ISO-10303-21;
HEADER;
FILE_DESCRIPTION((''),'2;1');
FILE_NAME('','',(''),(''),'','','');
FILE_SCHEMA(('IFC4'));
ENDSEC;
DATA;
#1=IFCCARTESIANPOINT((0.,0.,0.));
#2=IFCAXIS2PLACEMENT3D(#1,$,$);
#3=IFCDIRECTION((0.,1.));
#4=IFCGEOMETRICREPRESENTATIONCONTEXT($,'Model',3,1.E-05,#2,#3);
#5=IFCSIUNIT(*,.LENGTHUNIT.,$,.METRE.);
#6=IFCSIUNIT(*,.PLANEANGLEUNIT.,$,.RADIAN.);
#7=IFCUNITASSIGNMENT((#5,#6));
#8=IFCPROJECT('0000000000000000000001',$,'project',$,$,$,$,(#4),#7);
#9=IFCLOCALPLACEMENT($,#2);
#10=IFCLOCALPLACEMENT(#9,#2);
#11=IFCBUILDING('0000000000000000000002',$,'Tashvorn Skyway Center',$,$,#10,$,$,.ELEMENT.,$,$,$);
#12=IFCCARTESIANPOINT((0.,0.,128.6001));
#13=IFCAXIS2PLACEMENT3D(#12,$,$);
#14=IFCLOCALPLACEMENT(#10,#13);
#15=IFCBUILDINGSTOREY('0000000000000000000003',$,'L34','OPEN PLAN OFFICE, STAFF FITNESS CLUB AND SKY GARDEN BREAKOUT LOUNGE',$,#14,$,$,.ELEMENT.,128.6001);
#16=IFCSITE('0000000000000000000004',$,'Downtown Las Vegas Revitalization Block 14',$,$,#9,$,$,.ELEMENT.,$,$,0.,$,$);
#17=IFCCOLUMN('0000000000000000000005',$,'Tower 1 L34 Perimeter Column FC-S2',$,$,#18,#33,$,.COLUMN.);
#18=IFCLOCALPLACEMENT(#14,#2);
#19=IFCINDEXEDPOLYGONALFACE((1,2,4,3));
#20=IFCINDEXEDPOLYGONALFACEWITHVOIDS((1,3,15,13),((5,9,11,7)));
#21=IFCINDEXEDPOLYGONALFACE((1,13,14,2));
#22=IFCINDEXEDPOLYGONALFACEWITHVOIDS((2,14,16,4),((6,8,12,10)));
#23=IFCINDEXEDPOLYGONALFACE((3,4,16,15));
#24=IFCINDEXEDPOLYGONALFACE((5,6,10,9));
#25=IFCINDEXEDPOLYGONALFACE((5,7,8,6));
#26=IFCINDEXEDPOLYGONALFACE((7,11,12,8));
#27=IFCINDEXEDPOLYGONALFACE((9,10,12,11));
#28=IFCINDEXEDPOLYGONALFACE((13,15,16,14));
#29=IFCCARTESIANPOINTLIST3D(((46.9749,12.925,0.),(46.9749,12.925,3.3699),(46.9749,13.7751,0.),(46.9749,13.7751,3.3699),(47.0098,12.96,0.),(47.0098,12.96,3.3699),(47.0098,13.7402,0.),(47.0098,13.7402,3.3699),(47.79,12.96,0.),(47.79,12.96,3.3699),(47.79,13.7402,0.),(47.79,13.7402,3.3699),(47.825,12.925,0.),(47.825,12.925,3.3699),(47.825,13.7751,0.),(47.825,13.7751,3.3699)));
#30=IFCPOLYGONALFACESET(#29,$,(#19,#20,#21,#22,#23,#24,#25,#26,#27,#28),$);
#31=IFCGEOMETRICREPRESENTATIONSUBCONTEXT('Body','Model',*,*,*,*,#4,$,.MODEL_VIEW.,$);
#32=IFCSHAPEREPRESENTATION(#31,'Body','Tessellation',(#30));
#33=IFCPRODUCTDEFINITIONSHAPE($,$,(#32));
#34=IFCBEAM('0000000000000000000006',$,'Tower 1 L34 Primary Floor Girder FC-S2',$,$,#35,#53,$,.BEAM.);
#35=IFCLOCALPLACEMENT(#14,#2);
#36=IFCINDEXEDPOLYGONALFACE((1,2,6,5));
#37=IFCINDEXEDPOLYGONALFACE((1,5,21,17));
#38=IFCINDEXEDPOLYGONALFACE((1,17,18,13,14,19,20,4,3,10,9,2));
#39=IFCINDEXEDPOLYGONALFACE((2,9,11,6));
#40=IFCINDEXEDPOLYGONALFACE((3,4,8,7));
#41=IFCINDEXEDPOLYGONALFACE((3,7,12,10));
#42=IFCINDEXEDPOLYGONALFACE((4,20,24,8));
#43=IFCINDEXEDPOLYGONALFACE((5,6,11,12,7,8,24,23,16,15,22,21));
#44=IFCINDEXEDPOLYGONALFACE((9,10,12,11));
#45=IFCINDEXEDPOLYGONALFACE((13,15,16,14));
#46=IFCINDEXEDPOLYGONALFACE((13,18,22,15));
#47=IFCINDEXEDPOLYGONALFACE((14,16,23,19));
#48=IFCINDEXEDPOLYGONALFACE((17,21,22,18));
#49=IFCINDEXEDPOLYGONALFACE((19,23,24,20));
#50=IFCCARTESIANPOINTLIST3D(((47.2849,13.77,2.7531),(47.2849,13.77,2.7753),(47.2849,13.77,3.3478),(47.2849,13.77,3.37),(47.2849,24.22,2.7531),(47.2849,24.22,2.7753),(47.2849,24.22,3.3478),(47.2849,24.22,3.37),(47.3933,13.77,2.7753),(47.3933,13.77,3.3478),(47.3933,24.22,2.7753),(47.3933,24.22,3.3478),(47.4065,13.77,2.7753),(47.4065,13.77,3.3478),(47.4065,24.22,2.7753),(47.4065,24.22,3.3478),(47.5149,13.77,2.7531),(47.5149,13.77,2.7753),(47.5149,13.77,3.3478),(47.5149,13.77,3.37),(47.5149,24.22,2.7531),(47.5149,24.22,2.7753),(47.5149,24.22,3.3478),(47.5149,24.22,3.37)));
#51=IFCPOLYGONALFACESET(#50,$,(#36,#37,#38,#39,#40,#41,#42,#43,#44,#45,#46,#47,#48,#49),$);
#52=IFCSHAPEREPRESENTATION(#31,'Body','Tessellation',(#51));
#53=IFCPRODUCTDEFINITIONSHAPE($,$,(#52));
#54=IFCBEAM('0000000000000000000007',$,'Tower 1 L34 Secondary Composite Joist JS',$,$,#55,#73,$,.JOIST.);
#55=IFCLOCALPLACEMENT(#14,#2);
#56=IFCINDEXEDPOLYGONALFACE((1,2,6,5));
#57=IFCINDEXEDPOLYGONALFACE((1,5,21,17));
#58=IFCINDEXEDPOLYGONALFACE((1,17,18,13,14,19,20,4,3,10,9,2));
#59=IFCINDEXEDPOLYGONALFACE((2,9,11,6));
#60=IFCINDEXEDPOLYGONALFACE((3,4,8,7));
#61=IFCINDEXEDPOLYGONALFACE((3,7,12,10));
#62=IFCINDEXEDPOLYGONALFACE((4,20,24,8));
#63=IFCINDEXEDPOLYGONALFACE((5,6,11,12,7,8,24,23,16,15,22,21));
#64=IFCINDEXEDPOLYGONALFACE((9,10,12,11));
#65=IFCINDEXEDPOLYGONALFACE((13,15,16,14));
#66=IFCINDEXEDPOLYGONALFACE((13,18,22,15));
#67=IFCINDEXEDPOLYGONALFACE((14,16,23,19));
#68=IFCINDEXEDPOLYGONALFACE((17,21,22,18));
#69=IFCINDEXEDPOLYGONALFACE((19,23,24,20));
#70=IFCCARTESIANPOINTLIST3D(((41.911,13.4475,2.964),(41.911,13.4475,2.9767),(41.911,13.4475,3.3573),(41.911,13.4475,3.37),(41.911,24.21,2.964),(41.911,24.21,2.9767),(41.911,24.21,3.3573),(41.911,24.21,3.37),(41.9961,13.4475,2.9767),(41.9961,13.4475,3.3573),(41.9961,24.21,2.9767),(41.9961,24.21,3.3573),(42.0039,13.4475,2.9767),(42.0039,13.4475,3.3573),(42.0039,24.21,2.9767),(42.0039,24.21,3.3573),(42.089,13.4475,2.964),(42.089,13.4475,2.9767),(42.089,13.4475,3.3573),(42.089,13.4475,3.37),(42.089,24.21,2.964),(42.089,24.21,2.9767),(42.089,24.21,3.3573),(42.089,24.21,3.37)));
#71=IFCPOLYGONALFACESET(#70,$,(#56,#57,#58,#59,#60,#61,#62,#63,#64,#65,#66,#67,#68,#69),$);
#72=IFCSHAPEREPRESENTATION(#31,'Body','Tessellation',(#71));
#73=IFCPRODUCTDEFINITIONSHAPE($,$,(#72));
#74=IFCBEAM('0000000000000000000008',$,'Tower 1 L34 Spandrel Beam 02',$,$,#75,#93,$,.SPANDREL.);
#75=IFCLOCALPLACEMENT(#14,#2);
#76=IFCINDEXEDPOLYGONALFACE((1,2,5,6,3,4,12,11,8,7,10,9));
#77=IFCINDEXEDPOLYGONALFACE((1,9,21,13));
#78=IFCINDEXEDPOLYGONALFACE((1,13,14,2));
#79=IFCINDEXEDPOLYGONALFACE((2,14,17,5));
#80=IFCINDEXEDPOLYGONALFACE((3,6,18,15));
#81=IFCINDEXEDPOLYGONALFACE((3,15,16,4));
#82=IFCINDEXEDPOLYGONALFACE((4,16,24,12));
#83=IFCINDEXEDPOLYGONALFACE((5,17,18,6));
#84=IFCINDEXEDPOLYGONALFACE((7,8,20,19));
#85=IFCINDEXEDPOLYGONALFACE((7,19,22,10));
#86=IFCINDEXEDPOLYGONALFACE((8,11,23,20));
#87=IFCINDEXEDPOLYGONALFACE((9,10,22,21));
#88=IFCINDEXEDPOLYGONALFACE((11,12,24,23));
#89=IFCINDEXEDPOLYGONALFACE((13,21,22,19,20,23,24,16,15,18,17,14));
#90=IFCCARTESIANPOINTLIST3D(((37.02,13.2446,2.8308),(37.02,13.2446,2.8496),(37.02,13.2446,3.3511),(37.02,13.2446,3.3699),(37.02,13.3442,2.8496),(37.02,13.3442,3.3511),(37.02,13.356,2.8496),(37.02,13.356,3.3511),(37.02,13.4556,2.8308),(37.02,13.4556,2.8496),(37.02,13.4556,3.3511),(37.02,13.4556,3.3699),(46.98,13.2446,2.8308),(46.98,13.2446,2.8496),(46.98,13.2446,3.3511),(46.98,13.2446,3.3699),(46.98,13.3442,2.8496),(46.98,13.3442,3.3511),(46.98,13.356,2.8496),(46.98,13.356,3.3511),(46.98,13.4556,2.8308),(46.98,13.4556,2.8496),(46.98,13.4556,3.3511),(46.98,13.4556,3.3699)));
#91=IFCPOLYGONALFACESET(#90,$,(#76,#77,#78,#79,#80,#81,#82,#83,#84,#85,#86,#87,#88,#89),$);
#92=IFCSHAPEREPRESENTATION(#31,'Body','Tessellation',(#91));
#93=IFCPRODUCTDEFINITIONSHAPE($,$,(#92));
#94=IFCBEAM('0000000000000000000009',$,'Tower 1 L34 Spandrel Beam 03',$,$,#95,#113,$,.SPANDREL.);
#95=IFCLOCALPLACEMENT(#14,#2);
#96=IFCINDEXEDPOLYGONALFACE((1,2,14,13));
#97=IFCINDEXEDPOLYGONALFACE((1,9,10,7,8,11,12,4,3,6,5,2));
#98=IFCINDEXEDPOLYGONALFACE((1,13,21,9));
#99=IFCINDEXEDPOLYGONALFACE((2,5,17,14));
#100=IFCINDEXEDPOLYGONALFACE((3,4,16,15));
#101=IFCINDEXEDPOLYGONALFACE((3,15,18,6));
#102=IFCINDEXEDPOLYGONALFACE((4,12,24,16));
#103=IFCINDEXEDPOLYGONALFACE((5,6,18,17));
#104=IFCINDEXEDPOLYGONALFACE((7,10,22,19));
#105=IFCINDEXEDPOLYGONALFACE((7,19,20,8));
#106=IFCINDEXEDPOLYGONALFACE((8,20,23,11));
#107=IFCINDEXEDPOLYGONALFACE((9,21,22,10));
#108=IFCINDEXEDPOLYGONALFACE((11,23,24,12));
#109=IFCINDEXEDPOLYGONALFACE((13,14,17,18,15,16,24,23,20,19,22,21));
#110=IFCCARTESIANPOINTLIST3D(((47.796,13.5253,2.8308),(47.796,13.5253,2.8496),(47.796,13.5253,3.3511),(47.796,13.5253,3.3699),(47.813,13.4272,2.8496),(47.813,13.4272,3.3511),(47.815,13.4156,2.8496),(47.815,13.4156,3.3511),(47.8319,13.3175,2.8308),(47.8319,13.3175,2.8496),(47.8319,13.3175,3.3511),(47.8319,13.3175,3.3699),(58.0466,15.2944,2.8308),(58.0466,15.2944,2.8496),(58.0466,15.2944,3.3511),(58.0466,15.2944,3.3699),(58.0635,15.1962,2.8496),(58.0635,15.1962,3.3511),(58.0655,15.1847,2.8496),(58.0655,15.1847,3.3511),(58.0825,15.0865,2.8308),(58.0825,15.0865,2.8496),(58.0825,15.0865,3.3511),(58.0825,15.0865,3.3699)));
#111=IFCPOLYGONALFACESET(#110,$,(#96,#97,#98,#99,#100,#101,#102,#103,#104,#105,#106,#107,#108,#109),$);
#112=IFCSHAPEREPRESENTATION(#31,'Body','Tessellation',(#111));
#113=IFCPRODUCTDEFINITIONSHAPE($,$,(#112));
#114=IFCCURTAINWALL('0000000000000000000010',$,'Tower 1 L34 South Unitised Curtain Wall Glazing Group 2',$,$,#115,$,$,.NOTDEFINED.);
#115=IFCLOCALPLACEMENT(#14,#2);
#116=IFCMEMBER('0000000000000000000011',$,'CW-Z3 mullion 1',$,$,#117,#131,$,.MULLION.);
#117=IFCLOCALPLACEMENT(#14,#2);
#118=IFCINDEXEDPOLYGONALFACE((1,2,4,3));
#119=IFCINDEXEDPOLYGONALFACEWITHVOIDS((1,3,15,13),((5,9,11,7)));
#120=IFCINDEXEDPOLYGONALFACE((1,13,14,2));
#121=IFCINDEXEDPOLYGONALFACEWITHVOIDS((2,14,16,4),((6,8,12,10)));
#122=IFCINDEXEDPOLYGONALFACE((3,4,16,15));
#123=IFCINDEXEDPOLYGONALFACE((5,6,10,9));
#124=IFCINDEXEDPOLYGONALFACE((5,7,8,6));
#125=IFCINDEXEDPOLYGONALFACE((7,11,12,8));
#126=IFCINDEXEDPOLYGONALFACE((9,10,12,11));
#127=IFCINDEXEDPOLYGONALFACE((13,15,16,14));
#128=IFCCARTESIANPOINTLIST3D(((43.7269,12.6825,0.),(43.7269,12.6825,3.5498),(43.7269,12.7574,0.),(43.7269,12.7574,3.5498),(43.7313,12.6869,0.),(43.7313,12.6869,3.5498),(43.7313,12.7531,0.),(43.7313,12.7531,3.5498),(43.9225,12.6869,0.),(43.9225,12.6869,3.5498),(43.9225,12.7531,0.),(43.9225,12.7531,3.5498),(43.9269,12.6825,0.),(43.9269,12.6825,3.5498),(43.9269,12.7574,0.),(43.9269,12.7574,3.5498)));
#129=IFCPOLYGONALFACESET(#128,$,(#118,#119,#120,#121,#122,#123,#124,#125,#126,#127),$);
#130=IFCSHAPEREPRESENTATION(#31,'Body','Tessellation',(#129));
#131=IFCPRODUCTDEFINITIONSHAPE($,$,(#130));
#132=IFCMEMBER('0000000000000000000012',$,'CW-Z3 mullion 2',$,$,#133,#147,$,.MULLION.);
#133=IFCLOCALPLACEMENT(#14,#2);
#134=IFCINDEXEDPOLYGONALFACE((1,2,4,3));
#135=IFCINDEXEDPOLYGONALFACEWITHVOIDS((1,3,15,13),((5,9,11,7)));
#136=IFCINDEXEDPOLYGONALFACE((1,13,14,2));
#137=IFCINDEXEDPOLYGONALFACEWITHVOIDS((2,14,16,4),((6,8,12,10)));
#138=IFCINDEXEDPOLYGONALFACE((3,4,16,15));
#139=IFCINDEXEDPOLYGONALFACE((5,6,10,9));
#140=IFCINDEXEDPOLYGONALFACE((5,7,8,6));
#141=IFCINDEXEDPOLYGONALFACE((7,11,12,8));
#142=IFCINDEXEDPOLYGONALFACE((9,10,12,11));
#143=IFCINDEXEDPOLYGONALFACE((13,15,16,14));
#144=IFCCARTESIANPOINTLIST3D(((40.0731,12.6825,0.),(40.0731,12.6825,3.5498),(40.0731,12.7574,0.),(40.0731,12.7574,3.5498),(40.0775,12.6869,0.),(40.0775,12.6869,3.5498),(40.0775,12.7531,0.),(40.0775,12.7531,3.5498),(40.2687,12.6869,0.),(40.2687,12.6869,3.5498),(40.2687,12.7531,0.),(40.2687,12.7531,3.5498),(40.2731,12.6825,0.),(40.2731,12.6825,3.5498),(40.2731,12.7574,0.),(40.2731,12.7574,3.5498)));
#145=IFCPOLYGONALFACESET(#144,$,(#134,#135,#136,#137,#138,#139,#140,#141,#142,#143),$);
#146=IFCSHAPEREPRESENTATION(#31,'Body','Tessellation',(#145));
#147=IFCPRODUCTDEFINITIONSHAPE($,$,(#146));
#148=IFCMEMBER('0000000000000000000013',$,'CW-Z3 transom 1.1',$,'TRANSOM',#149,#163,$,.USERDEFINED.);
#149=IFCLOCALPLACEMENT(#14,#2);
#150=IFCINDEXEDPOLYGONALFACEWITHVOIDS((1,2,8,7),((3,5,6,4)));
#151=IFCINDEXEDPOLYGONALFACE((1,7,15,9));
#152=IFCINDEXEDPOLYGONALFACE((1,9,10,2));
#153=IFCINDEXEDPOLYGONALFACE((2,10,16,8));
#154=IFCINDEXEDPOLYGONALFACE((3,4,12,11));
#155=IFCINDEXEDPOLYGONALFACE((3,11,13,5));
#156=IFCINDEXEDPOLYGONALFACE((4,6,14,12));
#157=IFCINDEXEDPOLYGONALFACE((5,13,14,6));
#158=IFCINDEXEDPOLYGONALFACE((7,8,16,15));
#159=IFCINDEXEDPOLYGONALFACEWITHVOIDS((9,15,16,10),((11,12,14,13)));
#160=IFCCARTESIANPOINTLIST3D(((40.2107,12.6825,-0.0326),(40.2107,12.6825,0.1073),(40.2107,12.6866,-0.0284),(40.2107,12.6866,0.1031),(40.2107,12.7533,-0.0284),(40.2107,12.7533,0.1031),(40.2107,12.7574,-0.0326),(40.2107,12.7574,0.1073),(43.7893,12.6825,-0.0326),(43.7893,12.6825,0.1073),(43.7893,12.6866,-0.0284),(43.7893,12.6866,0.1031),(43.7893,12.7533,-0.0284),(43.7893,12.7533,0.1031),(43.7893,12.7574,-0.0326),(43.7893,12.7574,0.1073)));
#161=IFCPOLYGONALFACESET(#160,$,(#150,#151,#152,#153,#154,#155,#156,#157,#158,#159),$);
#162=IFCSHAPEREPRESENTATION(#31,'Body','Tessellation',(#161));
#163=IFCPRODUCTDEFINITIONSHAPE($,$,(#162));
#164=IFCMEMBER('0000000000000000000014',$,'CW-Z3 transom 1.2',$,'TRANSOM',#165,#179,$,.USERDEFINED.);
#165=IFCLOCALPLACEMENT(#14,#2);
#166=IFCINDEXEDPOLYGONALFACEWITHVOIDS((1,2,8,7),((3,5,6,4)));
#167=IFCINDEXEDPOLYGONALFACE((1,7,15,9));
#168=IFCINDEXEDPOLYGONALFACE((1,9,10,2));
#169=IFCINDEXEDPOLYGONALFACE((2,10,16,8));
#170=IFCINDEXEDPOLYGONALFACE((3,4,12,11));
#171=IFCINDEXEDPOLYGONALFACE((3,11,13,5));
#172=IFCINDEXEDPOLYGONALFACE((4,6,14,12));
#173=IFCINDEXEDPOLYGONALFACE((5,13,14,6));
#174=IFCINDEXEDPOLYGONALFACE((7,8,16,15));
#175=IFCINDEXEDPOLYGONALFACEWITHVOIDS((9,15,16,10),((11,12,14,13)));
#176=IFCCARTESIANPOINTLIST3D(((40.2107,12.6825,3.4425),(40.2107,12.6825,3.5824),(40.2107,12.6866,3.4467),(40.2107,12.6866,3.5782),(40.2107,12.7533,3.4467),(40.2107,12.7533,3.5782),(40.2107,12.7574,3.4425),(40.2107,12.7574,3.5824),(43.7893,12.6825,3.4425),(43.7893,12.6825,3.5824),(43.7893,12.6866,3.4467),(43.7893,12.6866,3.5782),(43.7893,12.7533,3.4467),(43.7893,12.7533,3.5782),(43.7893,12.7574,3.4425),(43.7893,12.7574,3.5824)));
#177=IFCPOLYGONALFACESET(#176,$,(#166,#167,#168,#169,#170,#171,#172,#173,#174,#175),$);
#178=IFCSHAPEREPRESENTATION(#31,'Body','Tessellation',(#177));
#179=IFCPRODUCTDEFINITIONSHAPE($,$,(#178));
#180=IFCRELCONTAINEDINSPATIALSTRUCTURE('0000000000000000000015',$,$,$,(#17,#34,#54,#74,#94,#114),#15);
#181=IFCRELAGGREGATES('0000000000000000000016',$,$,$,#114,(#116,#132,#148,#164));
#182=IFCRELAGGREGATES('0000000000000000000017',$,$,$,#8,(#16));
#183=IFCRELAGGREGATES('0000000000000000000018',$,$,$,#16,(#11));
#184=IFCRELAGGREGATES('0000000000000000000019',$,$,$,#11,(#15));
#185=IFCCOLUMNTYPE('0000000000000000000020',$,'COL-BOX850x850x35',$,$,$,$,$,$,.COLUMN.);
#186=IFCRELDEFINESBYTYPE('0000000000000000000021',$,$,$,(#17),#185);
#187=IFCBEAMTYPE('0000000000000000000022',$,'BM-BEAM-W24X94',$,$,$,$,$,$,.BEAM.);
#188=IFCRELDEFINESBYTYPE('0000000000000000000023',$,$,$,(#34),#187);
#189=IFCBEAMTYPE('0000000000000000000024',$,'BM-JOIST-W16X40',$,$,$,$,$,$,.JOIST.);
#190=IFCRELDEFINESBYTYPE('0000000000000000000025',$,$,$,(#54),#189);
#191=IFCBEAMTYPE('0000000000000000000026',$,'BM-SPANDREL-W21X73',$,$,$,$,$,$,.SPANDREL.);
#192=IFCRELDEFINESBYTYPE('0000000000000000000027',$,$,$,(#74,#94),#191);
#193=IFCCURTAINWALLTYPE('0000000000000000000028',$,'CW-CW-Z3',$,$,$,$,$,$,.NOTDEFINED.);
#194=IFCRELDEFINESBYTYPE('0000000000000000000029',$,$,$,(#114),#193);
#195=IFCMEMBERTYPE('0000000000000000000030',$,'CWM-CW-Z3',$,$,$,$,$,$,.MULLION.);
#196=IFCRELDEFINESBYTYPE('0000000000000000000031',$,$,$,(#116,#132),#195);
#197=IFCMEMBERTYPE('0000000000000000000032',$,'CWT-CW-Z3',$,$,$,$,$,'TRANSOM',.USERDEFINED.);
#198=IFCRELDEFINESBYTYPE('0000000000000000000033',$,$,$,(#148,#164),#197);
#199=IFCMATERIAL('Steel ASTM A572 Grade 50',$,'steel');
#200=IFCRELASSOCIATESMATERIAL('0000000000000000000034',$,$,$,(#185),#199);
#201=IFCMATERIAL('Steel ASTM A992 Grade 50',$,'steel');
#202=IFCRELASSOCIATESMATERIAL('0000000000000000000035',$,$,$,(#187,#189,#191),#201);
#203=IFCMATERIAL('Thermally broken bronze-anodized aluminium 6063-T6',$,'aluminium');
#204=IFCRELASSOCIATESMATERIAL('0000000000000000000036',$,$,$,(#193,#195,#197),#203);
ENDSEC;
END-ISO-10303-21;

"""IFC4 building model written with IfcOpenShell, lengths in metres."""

from ifc_helpers import new_model, si_unit, direction, frame, origin, origin_2d, place, context, subcontext, project, spatial, hollow_rectangle, i_section, extrude, material, material_profile, profile_set, type_object, element, aggregate, save


model = new_model("IFC4")

# Units and contexts
model_context = context("Model", 3, precision=1e-05, world=origin(), true_north=direction((0.0, 1.0)))
body_context = subcontext(model_context, "Body", "Model", "MODEL_VIEW")
ifc_project = project(units=[si_unit("LENGTHUNIT", "METRE"), si_unit("PLANEANGLEUNIT", "RADIAN")], contexts=[model_context])

# Site, building, storey
site_placement = place(None, origin())
site = spatial("IfcSite", under=ifc_project, at=site_placement, Name="Downtown Las Vegas Revitalization Block 14", CompositionType="ELEMENT", RefElevation=0.0)
building_placement = place(site_placement, origin())
building = spatial("IfcBuilding", under=site, at=building_placement, Name="Tashvorn Skyway Center", CompositionType="ELEMENT")
storey_placement = place(building_placement, frame((0.0, 0.0, 128.6001)))
storey = spatial("IfcBuildingStorey", under=building, at=storey_placement, Name="L34", Description="OPEN PLAN OFFICE, STAFF FITNESS CLUB AND SKY GARDEN BREAKOUT LOUNGE", CompositionType="ELEMENT", Elevation=128.6001)

# Column
ifc_material_1 = material(Name="Steel ASTM A572 Grade 50", Category="steel")
ifc_material_profile_1 = material_profile(ifc_material_1, hollow_rectangle(XDim=0.8501, YDim=0.8501, WallThickness=0.0349, at=origin_2d()), Name="BOX850x850x35")
ifc_profile_set_1 = profile_set([ifc_material_profile_1], Name="Steel ASTM A572 Grade 50")
column_type = type_object("IfcColumnType", Name="COL-BOX850x850x35", PredefinedType="COLUMN", material=ifc_profile_set_1)
column_placement = place(storey_placement, frame((47.3999, 13.3501, 0.0), z_axis=(0.0, 0.0, 1.0), x_axis=(1.0, 0.0, 0.0)))
element("IfcColumn", 1, at=column_placement, inside=storey, type_object=column_type, Name="Tower 1 L34 Perimeter Column FC-S2", PredefinedType="COLUMN", context=body_context, shape_type="SweptSolid", body=[
    extrude(hollow_rectangle(XDim=0.8501, YDim=0.8501, WallThickness=0.0349, at=origin_2d()), origin(), (0.0, 0.0, 1.0), 3.3699),
])

# Beams
ifc_material_2 = material(Name="Steel ASTM A992 Grade 50", Category="steel")
ifc_material_profile_2 = material_profile(ifc_material_2, i_section(OverallWidth=0.23, OverallDepth=0.6169, WebThickness=0.0132, FlangeThickness=0.0222, at=origin_2d()), Name="W24X94")
ifc_profile_set_2 = profile_set([ifc_material_profile_2], Name="Steel ASTM A992 Grade 50")
beam_type_1 = type_object("IfcBeamType", Name="BM-BEAM-W24X94", PredefinedType="BEAM", material=ifc_profile_set_2)
beam_1_placement = place(storey_placement, frame((47.3999, 13.77, 3.0615), z_axis=(0.0, 1.0, 0.0), x_axis=(-1.0, 0.0, 0.0)))
element("IfcBeam", 2, at=beam_1_placement, inside=storey, type_object=beam_type_1, Name="Tower 1 L34 Primary Floor Girder FC-S2", PredefinedType="BEAM", context=body_context, shape_type="SweptSolid", body=[
    extrude(i_section(OverallWidth=0.23, OverallDepth=0.6169, WebThickness=0.0132, FlangeThickness=0.0222, at=origin_2d()), origin(), (0.0, 0.0, 1.0), 10.45),
])
ifc_material_profile_3 = material_profile(ifc_material_2, i_section(OverallWidth=0.178, OverallDepth=0.406, WebThickness=0.0078, FlangeThickness=0.0127, at=origin_2d()), Name="W16X40")
ifc_profile_set_3 = profile_set([ifc_material_profile_3], Name="Steel ASTM A992 Grade 50")
beam_type_2 = type_object("IfcBeamType", Name="BM-JOIST-W16X40", PredefinedType="JOIST", material=ifc_profile_set_3)
beam_2_placement = place(storey_placement, frame((42.0, 24.21, 3.167), z_axis=(0.0, -1.0, 0.0), x_axis=(1.0, 0.0, 0.0)))
element("IfcBeam", 3, at=beam_2_placement, inside=storey, type_object=beam_type_2, Name="Tower 1 L34 Secondary Composite Joist JS", PredefinedType="JOIST", context=body_context, shape_type="SweptSolid", body=[
    extrude(i_section(OverallWidth=0.178, OverallDepth=0.406, WebThickness=0.0078, FlangeThickness=0.0127, at=origin_2d()), origin(), (0.0, 0.0, 1.0), 10.7625),
])
ifc_material_profile_4 = material_profile(ifc_material_2, i_section(OverallWidth=0.2109, OverallDepth=0.5391, WebThickness=0.0117, FlangeThickness=0.0188, at=origin_2d()), Name="W21X73")
ifc_profile_set_4 = profile_set([ifc_material_profile_4], Name="Steel ASTM A992 Grade 50")
beam_type_3 = type_object("IfcBeamType", Name="BM-SPANDREL-W21X73", PredefinedType="SPANDREL", material=ifc_profile_set_4)
beam_3_placement = place(storey_placement, frame((37.02, 13.3501, 3.1003), z_axis=(1.0, 0.0, 0.0), x_axis=(0.0, 1.0, 0.0)))
element("IfcBeam", 4, at=beam_3_placement, inside=storey, type_object=beam_type_3, Name="Tower 1 L34 Spandrel Beam 02", PredefinedType="SPANDREL", context=body_context, shape_type="SweptSolid", body=[
    extrude(i_section(OverallWidth=0.2109, OverallDepth=0.5391, WebThickness=0.0117, FlangeThickness=0.0188, at=origin_2d()), origin(), (0.0, 0.0, 1.0), 9.96),
])
beam_4_placement = place(storey_placement, frame((47.814, 13.4214, 3.1003), z_axis=(0.985432, 0.170067, 0.0), x_axis=(-0.170067, 0.985432, 0.0)))
element("IfcBeam", 5, at=beam_4_placement, inside=storey, type_object=beam_type_3, Name="Tower 1 L34 Spandrel Beam 03", PredefinedType="SPANDREL", context=body_context, shape_type="SweptSolid", body=[
    extrude(i_section(OverallWidth=0.2109, OverallDepth=0.5391, WebThickness=0.0117, FlangeThickness=0.0188, at=origin_2d()), origin(), (0.0, 0.0, 1.0), 10.4021),
])

# Curtain wall, members
ifc_material_3 = material(Name="Thermally broken bronze-anodized aluminium 6063-T6", Category="aluminium")
curtain_wall_type = type_object("IfcCurtainWallType", Name="CW-CW-Z3", PredefinedType="NOTDEFINED", material=ifc_material_3)
curtain_wall_placement = place(storey_placement, origin())
curtain_wall = element("IfcCurtainWall", 6, at=curtain_wall_placement, inside=storey, type_object=curtain_wall_type, Name="Tower 1 L34 South Unitised Curtain Wall Glazing Group 2", PredefinedType="NOTDEFINED")
ifc_material_profile_5 = material_profile(ifc_material_3, hollow_rectangle(XDim=0.075, YDim=0.2, WallThickness=0.0044, at=origin_2d()), Name="ALU-MULL-75x200")
ifc_profile_set_5 = profile_set([ifc_material_profile_5], Name="Thermally broken bronze-anodized aluminium 6063-T6")
member_type_1 = type_object("IfcMemberType", Name="CWM-CW-Z3", PredefinedType="MULLION", material=ifc_profile_set_5)
member_1_placement = place(storey_placement, frame((43.8269, 12.72, 0.0), z_axis=(0.0, 0.0, 1.0), x_axis=(0.0, -1.0, 0.0)))
member_1 = element("IfcMember", 7, at=member_1_placement, type_object=member_type_1, Name="CW-Z3 mullion 1", PredefinedType="MULLION", context=body_context, shape_type="SweptSolid", body=[
    extrude(hollow_rectangle(XDim=0.075, YDim=0.2, WallThickness=0.0044, at=origin_2d()), origin(), (0.0, 0.0, 1.0), 3.5498),
])
member_2_placement = place(storey_placement, frame((40.1731, 12.72, 0.0), z_axis=(0.0, 0.0, 1.0), x_axis=(0.0, -1.0, 0.0)))
member_2 = element("IfcMember", 8, at=member_2_placement, type_object=member_type_1, Name="CW-Z3 mullion 2", PredefinedType="MULLION", context=body_context, shape_type="SweptSolid", body=[
    extrude(hollow_rectangle(XDim=0.075, YDim=0.2, WallThickness=0.0044, at=origin_2d()), origin(), (0.0, 0.0, 1.0), 3.5498),
])
ifc_material_profile_6 = material_profile(ifc_material_3, hollow_rectangle(XDim=0.075, YDim=0.1399, WallThickness=0.0042, at=origin_2d()), Name="ALU-TRAN-75x140")
ifc_profile_set_6 = profile_set([ifc_material_profile_6], Name="Thermally broken bronze-anodized aluminium 6063-T6")
member_type_2 = type_object("IfcMemberType", Name="CWT-CW-Z3", ElementType="TRANSOM", PredefinedType="USERDEFINED", material=ifc_profile_set_6)
member_3_placement = place(storey_placement, frame((43.7893, 12.72, 0.0374), z_axis=(-1.0, 0.0, 0.0), x_axis=(0.0, -1.0, 0.0)))
member_3 = element("IfcMember", 9, at=member_3_placement, type_object=member_type_2, Name="CW-Z3 transom 1.1", ObjectType="TRANSOM", PredefinedType="USERDEFINED", context=body_context, shape_type="SweptSolid", body=[
    extrude(hollow_rectangle(XDim=0.075, YDim=0.1399, WallThickness=0.0042, at=origin_2d()), origin(), (0.0, 0.0, 1.0), 3.5786),
])
member_4_placement = place(storey_placement, frame((43.7893, 12.72, 3.5125), z_axis=(-1.0, 0.0, 0.0), x_axis=(0.0, -1.0, 0.0)))
member_4 = element("IfcMember", 10, at=member_4_placement, type_object=member_type_2, Name="CW-Z3 transom 1.2", ObjectType="TRANSOM", PredefinedType="USERDEFINED", context=body_context, shape_type="SweptSolid", body=[
    extrude(hollow_rectangle(XDim=0.075, YDim=0.1399, WallThickness=0.0042, at=origin_2d()), origin(), (0.0, 0.0, 1.0), 3.5786),
])
aggregate(curtain_wall, [member_1, member_2, member_3, member_4])

save(model, "model.ifc")
